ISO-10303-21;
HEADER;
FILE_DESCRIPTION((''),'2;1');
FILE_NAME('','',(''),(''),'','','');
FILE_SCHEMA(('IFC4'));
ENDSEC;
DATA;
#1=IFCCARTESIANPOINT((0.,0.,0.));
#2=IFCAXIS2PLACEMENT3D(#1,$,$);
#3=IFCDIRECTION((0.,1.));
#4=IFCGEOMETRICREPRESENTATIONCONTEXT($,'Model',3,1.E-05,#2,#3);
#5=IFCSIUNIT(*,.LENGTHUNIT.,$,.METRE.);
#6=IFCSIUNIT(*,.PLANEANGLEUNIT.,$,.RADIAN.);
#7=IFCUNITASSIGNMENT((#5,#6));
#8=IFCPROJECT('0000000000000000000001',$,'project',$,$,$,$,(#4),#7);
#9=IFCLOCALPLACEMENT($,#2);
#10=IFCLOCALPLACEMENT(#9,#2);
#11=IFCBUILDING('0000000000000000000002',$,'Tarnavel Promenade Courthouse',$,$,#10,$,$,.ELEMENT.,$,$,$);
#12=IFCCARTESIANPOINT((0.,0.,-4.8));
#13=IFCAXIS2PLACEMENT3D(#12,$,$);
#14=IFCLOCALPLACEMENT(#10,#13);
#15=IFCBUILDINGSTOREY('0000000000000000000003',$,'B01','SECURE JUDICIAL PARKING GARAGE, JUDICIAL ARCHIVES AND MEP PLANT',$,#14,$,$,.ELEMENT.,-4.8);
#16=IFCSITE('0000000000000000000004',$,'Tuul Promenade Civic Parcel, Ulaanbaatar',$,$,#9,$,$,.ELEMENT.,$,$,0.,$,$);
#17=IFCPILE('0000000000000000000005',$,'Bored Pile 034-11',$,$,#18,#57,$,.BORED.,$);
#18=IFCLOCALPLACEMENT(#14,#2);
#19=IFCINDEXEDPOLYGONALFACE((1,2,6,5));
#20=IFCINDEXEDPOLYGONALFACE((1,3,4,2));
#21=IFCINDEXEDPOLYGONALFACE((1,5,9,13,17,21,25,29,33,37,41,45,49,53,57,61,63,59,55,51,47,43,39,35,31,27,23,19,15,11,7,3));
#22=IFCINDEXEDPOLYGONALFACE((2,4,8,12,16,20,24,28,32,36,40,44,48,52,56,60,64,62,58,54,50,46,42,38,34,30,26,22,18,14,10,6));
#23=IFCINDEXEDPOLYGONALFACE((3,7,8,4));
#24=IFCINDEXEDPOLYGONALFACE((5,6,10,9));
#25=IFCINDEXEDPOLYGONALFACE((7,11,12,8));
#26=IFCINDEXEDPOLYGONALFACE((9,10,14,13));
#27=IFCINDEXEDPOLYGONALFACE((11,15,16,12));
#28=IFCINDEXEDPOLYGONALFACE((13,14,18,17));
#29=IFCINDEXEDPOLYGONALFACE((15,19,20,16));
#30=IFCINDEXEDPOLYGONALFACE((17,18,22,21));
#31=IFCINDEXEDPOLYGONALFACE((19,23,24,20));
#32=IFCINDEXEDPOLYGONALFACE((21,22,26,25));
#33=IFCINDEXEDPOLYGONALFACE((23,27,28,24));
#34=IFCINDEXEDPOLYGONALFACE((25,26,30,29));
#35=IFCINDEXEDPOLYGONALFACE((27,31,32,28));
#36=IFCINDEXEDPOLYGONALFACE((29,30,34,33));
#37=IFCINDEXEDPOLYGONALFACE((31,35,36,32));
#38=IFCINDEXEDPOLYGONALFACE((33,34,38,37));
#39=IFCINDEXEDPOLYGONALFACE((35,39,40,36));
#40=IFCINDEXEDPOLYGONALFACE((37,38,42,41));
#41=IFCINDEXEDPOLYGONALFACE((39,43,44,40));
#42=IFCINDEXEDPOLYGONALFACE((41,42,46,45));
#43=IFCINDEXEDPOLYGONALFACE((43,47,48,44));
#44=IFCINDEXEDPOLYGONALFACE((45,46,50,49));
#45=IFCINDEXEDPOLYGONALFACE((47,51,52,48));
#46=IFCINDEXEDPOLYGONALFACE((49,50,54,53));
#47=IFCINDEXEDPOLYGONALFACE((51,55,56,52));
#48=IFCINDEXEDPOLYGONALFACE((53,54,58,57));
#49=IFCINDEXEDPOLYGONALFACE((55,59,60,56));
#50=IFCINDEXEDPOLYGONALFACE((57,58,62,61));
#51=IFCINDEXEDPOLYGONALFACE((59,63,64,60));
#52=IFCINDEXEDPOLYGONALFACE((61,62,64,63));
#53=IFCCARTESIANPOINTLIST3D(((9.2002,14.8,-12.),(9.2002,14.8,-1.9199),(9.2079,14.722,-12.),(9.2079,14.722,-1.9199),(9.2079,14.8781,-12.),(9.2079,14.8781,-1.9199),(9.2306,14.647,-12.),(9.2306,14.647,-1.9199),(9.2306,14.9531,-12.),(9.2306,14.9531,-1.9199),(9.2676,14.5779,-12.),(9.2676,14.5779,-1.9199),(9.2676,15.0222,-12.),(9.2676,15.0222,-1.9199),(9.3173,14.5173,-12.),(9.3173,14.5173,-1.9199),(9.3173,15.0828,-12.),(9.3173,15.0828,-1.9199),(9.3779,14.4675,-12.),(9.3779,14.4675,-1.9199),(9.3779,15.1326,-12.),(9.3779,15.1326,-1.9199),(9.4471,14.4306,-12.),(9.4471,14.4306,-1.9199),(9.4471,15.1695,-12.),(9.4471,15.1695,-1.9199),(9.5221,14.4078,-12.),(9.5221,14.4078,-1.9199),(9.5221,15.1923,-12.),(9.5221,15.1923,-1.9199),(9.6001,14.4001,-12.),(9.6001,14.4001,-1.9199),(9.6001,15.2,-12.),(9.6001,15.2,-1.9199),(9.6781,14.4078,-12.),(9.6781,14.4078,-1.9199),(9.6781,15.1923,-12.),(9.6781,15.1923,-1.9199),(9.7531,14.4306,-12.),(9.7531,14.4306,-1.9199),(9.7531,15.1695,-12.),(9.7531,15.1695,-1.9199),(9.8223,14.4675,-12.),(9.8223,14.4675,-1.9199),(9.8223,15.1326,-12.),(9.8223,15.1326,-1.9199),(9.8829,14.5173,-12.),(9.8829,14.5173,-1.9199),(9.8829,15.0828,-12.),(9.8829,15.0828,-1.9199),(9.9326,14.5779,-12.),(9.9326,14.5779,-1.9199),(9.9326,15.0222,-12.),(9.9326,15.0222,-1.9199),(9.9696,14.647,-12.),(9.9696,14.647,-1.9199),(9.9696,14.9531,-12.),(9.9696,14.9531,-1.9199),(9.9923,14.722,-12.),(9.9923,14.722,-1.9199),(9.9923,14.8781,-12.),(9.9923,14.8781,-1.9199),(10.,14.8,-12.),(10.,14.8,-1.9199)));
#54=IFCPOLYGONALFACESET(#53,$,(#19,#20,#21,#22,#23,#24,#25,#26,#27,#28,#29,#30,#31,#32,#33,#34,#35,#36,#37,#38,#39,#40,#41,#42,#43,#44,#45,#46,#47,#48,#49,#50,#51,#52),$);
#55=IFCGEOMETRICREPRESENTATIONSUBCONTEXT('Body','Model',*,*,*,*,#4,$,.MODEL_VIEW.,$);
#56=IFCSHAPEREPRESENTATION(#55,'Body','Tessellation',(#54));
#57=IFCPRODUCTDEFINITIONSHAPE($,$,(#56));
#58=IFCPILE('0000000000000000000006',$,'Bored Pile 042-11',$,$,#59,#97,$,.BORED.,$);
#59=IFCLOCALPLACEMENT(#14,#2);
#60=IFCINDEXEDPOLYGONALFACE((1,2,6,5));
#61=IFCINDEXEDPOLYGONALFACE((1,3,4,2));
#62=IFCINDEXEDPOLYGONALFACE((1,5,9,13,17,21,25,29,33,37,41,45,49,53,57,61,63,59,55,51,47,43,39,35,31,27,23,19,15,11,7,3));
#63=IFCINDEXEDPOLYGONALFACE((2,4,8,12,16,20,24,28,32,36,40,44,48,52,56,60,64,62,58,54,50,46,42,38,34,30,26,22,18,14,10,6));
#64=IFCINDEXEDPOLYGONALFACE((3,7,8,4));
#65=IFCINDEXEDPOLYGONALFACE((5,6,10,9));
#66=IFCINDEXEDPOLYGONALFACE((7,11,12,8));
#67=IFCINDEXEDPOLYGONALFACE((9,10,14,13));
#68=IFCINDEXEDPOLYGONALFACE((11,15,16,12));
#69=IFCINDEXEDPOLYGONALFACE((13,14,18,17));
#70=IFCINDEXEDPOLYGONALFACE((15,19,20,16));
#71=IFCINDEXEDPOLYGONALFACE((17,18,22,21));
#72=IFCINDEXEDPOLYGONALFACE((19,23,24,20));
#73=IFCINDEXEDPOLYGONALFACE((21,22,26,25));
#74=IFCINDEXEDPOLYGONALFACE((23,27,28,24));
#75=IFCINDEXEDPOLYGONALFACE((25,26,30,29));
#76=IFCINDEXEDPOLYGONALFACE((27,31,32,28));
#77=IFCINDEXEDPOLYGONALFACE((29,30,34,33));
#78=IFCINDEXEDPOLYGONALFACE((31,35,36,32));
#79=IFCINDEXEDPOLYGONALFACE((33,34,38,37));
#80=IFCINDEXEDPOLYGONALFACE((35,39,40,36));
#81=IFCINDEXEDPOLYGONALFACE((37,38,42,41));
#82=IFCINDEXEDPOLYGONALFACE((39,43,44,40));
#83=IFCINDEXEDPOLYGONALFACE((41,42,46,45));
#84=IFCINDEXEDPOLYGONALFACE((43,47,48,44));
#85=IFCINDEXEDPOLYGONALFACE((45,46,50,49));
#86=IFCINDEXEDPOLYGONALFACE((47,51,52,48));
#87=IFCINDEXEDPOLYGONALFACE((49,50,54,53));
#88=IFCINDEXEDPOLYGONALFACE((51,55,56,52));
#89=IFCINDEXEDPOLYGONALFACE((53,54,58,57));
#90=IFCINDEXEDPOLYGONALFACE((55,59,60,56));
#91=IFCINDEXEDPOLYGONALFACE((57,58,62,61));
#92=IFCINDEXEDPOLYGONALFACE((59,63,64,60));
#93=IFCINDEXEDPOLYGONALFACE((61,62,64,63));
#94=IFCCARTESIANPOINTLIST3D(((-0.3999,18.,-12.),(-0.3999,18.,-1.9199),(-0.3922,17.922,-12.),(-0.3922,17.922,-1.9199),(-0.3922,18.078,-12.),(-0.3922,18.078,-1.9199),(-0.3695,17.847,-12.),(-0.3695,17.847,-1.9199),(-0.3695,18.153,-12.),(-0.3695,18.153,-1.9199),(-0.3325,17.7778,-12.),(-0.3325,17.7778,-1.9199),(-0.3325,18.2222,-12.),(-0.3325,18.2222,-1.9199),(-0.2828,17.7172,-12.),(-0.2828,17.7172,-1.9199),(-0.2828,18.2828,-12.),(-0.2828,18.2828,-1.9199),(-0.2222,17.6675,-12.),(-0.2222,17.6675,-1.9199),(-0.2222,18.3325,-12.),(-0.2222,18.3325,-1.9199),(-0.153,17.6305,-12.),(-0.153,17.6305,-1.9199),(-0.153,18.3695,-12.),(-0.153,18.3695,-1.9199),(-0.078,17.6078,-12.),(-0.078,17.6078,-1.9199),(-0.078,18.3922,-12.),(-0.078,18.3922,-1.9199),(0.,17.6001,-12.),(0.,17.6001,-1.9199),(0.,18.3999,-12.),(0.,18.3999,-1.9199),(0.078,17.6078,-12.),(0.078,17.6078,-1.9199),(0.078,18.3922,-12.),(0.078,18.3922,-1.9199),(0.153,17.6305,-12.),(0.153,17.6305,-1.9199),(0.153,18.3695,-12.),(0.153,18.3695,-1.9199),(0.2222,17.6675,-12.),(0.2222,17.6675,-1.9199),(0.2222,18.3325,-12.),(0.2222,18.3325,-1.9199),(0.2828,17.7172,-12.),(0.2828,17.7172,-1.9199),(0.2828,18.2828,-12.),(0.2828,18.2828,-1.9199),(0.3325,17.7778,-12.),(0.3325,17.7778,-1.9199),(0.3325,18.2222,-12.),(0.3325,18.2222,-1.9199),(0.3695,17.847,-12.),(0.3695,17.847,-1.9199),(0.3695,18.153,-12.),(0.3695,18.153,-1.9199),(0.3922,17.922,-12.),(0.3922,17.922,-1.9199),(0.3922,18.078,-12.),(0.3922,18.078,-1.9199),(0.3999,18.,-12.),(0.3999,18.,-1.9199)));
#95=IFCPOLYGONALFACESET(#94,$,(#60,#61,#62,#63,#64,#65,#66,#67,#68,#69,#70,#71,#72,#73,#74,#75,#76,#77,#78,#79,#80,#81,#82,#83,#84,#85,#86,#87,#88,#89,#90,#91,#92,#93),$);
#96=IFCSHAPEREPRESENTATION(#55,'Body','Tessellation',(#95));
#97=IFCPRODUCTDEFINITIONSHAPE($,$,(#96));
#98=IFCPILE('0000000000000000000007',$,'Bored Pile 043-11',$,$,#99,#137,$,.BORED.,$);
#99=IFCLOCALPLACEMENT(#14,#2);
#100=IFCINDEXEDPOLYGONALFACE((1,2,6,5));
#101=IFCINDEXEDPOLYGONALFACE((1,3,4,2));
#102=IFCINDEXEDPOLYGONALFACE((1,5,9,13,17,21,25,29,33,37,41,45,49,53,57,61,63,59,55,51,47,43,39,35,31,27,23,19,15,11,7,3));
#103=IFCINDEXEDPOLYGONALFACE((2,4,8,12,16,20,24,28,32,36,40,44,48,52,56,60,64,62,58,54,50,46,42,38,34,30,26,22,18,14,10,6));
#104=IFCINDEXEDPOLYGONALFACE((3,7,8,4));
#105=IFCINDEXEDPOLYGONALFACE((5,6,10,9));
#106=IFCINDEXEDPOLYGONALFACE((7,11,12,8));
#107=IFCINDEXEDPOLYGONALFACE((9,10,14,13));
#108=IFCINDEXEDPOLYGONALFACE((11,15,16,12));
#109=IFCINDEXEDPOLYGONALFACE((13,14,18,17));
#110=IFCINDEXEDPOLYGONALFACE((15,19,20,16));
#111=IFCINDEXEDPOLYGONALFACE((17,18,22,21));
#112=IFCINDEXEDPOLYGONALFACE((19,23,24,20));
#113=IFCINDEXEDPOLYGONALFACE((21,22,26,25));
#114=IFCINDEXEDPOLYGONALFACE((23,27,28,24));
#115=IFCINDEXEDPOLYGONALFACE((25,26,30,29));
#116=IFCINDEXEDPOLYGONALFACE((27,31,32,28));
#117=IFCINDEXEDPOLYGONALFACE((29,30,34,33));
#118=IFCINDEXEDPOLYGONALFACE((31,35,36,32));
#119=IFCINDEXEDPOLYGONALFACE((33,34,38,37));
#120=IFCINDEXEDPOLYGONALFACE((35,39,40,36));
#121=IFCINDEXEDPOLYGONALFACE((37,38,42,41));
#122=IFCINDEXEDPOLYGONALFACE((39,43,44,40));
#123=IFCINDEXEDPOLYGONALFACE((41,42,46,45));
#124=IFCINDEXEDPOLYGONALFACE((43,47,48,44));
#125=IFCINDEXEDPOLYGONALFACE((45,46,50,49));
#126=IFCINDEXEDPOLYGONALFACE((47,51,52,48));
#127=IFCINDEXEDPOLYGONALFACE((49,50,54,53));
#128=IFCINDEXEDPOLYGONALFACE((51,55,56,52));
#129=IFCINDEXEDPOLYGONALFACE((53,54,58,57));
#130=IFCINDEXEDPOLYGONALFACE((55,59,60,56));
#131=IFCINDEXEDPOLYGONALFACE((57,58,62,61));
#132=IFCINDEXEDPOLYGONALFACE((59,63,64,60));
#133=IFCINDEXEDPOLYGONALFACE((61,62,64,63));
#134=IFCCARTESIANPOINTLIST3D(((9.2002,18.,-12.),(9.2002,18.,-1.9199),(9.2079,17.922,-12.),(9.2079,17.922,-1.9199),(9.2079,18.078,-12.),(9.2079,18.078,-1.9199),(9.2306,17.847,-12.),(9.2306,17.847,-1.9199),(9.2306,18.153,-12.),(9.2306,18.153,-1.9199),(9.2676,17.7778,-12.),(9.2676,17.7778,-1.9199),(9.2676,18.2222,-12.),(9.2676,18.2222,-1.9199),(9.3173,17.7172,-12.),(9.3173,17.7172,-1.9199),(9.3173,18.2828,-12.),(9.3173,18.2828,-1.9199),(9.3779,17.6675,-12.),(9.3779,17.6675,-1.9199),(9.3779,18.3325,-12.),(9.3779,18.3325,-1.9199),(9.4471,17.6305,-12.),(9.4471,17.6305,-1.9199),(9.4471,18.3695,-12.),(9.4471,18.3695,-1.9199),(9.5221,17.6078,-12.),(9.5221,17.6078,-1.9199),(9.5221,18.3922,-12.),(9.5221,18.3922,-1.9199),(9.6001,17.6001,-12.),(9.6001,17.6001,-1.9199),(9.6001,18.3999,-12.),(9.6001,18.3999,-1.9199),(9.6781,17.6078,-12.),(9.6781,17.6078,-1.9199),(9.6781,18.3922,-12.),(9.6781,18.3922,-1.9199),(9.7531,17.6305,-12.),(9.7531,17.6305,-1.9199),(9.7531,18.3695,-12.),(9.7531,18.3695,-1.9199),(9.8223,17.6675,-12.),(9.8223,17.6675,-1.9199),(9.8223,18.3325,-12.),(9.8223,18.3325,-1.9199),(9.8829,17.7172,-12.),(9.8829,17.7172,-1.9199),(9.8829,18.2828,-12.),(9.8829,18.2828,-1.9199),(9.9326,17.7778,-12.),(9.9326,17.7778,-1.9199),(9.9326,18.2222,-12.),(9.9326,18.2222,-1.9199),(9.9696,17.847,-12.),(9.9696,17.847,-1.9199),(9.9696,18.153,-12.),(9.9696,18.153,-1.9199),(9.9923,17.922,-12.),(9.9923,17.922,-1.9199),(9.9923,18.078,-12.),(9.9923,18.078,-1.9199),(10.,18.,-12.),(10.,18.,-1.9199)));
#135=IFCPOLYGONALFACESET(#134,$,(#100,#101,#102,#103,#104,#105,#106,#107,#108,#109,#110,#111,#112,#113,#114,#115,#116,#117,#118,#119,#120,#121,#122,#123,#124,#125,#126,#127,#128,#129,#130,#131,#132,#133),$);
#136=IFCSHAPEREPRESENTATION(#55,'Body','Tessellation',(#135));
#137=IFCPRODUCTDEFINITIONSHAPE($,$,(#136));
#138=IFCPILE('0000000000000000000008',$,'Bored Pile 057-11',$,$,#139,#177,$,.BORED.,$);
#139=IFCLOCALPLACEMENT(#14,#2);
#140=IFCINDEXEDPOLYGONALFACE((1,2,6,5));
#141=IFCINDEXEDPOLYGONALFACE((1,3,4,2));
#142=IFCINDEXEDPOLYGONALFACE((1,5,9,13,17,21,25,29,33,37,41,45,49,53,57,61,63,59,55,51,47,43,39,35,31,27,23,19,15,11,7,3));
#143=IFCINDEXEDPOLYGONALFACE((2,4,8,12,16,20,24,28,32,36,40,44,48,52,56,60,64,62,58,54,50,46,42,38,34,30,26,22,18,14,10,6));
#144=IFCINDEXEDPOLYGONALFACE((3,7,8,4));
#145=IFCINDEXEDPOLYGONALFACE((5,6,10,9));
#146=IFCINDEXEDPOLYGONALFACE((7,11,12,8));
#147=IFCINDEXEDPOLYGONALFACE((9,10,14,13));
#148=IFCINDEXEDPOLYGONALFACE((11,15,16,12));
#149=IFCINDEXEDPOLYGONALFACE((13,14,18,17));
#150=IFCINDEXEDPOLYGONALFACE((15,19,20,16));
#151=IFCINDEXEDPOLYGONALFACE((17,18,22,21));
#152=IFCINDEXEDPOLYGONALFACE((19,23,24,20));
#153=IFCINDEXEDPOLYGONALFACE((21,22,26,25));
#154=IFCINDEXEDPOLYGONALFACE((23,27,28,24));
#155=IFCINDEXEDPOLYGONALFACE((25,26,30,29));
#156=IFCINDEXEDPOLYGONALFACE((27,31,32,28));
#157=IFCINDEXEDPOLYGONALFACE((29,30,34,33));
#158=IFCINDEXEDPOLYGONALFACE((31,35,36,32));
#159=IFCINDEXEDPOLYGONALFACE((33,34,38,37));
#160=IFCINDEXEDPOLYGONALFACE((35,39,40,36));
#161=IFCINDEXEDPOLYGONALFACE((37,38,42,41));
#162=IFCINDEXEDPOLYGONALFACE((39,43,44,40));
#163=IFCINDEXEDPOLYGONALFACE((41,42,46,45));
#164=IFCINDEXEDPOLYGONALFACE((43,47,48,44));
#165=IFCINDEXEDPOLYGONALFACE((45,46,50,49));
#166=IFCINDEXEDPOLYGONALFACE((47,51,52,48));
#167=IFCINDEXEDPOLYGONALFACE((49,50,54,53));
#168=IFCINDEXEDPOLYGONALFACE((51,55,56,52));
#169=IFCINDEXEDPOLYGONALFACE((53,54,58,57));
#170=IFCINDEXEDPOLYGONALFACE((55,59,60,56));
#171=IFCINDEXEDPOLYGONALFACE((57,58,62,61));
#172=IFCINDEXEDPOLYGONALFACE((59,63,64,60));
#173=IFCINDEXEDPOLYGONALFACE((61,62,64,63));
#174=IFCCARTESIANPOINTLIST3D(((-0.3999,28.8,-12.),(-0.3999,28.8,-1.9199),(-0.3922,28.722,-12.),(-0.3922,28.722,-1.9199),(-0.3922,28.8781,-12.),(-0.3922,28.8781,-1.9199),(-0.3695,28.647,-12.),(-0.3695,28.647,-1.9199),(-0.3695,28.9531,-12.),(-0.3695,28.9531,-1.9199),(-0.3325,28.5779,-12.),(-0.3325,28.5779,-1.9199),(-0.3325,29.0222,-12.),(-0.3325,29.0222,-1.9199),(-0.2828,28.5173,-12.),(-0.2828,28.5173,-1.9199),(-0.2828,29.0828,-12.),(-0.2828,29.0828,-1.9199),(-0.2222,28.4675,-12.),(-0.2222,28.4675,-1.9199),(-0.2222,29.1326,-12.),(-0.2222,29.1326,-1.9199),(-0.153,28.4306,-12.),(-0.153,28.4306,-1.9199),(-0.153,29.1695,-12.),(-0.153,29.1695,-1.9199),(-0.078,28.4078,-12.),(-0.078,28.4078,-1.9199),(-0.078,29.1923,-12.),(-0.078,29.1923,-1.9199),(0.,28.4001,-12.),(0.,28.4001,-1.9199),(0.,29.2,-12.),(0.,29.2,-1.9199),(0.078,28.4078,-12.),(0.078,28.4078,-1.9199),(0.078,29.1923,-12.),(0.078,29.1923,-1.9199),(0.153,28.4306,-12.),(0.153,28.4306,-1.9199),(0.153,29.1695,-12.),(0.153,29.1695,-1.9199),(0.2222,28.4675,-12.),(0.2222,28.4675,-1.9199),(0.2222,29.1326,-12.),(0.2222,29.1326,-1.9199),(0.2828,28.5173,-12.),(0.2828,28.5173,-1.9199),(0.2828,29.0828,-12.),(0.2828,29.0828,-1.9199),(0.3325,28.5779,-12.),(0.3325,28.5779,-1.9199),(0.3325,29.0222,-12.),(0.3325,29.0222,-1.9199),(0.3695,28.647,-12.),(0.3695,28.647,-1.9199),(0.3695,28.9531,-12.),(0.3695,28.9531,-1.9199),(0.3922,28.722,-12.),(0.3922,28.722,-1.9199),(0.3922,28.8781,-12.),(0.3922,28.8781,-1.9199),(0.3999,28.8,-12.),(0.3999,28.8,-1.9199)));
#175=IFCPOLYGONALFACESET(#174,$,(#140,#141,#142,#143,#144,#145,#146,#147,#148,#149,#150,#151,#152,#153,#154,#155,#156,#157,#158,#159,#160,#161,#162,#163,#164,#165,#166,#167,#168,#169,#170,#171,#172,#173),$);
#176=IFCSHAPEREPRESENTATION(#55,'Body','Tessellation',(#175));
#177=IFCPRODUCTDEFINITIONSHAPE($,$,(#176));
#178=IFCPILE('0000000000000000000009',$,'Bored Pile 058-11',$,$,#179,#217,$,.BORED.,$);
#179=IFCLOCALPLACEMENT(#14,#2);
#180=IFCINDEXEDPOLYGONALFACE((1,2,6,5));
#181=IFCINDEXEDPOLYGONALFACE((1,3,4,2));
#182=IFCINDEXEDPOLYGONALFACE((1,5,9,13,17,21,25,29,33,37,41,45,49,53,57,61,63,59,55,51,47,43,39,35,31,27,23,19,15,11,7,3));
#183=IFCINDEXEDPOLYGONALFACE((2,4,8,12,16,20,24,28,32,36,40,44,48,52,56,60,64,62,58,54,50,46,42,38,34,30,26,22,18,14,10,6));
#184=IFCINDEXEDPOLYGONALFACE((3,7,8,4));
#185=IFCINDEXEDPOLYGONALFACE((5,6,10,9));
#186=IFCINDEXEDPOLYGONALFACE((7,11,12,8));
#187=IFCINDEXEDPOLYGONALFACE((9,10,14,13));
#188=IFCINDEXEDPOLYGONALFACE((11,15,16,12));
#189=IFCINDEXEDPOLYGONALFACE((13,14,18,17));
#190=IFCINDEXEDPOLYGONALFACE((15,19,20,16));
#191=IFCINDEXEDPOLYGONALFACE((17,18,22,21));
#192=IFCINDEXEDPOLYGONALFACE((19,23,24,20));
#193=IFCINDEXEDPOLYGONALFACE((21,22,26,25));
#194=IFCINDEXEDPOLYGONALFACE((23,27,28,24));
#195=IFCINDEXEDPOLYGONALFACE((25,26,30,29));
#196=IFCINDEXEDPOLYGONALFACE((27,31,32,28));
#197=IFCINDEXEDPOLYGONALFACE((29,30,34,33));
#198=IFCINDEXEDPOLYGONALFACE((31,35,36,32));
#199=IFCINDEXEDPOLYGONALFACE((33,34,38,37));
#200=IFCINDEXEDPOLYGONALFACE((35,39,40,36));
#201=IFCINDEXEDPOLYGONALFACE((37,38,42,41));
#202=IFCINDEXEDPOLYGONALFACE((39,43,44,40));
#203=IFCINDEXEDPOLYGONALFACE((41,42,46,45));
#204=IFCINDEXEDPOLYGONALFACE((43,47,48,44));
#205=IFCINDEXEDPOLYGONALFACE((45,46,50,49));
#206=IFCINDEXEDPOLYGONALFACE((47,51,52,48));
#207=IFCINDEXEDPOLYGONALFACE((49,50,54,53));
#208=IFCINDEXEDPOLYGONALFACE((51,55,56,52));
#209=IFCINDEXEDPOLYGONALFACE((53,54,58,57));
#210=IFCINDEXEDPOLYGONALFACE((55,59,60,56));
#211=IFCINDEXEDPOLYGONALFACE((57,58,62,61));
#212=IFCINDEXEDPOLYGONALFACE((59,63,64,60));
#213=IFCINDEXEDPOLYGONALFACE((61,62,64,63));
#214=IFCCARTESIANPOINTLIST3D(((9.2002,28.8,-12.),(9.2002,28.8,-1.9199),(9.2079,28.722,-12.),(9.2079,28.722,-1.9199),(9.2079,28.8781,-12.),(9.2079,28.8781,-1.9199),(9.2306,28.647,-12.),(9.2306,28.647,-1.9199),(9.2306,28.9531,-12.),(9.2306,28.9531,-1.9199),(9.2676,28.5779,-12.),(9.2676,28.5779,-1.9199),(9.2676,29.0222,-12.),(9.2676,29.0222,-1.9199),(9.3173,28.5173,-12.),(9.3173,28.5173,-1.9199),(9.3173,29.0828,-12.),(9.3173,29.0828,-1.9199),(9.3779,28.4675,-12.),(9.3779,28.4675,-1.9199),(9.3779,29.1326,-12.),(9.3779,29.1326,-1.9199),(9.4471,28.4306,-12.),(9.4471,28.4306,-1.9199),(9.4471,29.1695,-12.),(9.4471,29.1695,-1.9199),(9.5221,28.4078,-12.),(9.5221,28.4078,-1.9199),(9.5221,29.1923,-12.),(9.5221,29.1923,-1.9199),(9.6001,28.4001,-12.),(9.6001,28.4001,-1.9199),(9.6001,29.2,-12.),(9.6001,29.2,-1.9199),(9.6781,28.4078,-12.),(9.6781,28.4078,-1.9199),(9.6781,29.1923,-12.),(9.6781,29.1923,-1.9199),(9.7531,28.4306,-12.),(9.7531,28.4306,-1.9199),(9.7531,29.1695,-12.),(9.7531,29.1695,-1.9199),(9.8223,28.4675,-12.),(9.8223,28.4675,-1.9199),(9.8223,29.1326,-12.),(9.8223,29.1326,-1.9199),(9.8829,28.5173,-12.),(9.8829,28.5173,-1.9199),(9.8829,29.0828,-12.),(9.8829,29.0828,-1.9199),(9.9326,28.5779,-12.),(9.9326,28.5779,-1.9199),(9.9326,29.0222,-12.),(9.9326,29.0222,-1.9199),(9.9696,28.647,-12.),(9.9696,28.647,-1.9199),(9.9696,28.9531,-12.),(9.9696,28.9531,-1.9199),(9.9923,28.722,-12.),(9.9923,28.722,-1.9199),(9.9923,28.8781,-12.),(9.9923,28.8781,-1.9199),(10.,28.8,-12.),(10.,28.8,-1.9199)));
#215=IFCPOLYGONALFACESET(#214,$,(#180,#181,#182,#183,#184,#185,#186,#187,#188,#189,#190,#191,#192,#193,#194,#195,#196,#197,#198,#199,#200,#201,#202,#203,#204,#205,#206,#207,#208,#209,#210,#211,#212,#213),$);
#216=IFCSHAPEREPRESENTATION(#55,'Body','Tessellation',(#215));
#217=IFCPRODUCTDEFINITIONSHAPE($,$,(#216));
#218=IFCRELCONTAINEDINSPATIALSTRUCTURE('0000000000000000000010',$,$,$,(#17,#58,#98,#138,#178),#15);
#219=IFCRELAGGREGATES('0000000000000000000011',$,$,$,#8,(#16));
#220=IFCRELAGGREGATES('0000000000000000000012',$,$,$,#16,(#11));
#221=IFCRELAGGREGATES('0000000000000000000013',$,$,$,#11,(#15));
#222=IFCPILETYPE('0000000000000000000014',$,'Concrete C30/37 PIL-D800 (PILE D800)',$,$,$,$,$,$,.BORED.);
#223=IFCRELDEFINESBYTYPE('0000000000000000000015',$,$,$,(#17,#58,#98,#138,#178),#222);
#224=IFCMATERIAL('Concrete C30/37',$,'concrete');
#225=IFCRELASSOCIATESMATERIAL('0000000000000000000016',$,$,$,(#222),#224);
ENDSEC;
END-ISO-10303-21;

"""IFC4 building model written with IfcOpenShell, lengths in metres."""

from ifc_helpers import new_model, si_unit, direction, frame, origin, origin_2d, place, context, subcontext, project, spatial, circle, extrude, material, material_profile, profile_set, type_object, element, save


model = new_model("IFC4")

# Units and contexts
model_context = context("Model", 3, precision=1e-05, world=origin(), true_north=direction((0.0, 1.0)))
body_context = subcontext(model_context, "Body", "Model", "MODEL_VIEW")
ifc_project = project(units=[si_unit("LENGTHUNIT", "METRE"), si_unit("PLANEANGLEUNIT", "RADIAN")], contexts=[model_context])

# Site, building, storey
site_placement = place(None, origin())
site = spatial("IfcSite", under=ifc_project, at=site_placement, Name="Tuul Promenade Civic Parcel, Ulaanbaatar", CompositionType="ELEMENT", RefElevation=0.0)
building_placement = place(site_placement, origin())
building = spatial("IfcBuilding", under=site, at=building_placement, Name="Tarnavel Promenade Courthouse", CompositionType="ELEMENT")
storey_placement = place(building_placement, frame((0.0, 0.0, -4.8)))
storey = spatial("IfcBuildingStorey", under=building, at=storey_placement, Name="B01", Description="SECURE JUDICIAL PARKING GARAGE, JUDICIAL ARCHIVES AND MEP PLANT", CompositionType="ELEMENT", Elevation=-4.8)

# Piles
ifc_material_1 = material(Name="Concrete C30/37", Category="concrete")
ifc_material_profile_1 = material_profile(ifc_material_1, circle(Radius=0.3999, at=origin_2d()), Name="PILE D800")
ifc_profile_set_1 = profile_set([ifc_material_profile_1], Name="Concrete C30/37")
pile_type = type_object("IfcPileType", Name="Concrete C30/37 PIL-D800 (PILE D800)", PredefinedType="BORED", material=ifc_profile_set_1)
for number, where, z_axis, x_axis, name in (
    (1, (9.6001, 14.8, -1.9199), (0.0, 0.0, -1.0), (1.0, 0.0, 0.0), "Bored Pile 034-11"),
    (2, (0.0, 18.0, -1.9199), (0.0, 0.0, -1.0), (1.0, 0.0, 0.0), "Bored Pile 042-11"),
    (3, (9.6001, 18.0, -1.9199), (0.0, 0.0, -1.0), (1.0, 0.0, 0.0), "Bored Pile 043-11"),
    (4, (0.0, 28.8, -1.9199), (0.0, 0.0, -1.0), (1.0, 0.0, 0.0), "Bored Pile 057-11"),
    (5, (9.6001, 28.8, -1.9199), (0.0, 0.0, -1.0), (1.0, 0.0, 0.0), "Bored Pile 058-11"),
):
    element("IfcPile", number, at=place(storey_placement, frame(where, z_axis=z_axis, x_axis=x_axis)), inside=storey, type_object=pile_type, Name=name, PredefinedType="BORED", context=body_context, shape_type="SweptSolid", body=[
        extrude(circle(Radius=0.3999, at=origin_2d()), origin(), (0.0, 0.0, 1.0), 10.0801),
    ])

save(model, "model.ifc")
